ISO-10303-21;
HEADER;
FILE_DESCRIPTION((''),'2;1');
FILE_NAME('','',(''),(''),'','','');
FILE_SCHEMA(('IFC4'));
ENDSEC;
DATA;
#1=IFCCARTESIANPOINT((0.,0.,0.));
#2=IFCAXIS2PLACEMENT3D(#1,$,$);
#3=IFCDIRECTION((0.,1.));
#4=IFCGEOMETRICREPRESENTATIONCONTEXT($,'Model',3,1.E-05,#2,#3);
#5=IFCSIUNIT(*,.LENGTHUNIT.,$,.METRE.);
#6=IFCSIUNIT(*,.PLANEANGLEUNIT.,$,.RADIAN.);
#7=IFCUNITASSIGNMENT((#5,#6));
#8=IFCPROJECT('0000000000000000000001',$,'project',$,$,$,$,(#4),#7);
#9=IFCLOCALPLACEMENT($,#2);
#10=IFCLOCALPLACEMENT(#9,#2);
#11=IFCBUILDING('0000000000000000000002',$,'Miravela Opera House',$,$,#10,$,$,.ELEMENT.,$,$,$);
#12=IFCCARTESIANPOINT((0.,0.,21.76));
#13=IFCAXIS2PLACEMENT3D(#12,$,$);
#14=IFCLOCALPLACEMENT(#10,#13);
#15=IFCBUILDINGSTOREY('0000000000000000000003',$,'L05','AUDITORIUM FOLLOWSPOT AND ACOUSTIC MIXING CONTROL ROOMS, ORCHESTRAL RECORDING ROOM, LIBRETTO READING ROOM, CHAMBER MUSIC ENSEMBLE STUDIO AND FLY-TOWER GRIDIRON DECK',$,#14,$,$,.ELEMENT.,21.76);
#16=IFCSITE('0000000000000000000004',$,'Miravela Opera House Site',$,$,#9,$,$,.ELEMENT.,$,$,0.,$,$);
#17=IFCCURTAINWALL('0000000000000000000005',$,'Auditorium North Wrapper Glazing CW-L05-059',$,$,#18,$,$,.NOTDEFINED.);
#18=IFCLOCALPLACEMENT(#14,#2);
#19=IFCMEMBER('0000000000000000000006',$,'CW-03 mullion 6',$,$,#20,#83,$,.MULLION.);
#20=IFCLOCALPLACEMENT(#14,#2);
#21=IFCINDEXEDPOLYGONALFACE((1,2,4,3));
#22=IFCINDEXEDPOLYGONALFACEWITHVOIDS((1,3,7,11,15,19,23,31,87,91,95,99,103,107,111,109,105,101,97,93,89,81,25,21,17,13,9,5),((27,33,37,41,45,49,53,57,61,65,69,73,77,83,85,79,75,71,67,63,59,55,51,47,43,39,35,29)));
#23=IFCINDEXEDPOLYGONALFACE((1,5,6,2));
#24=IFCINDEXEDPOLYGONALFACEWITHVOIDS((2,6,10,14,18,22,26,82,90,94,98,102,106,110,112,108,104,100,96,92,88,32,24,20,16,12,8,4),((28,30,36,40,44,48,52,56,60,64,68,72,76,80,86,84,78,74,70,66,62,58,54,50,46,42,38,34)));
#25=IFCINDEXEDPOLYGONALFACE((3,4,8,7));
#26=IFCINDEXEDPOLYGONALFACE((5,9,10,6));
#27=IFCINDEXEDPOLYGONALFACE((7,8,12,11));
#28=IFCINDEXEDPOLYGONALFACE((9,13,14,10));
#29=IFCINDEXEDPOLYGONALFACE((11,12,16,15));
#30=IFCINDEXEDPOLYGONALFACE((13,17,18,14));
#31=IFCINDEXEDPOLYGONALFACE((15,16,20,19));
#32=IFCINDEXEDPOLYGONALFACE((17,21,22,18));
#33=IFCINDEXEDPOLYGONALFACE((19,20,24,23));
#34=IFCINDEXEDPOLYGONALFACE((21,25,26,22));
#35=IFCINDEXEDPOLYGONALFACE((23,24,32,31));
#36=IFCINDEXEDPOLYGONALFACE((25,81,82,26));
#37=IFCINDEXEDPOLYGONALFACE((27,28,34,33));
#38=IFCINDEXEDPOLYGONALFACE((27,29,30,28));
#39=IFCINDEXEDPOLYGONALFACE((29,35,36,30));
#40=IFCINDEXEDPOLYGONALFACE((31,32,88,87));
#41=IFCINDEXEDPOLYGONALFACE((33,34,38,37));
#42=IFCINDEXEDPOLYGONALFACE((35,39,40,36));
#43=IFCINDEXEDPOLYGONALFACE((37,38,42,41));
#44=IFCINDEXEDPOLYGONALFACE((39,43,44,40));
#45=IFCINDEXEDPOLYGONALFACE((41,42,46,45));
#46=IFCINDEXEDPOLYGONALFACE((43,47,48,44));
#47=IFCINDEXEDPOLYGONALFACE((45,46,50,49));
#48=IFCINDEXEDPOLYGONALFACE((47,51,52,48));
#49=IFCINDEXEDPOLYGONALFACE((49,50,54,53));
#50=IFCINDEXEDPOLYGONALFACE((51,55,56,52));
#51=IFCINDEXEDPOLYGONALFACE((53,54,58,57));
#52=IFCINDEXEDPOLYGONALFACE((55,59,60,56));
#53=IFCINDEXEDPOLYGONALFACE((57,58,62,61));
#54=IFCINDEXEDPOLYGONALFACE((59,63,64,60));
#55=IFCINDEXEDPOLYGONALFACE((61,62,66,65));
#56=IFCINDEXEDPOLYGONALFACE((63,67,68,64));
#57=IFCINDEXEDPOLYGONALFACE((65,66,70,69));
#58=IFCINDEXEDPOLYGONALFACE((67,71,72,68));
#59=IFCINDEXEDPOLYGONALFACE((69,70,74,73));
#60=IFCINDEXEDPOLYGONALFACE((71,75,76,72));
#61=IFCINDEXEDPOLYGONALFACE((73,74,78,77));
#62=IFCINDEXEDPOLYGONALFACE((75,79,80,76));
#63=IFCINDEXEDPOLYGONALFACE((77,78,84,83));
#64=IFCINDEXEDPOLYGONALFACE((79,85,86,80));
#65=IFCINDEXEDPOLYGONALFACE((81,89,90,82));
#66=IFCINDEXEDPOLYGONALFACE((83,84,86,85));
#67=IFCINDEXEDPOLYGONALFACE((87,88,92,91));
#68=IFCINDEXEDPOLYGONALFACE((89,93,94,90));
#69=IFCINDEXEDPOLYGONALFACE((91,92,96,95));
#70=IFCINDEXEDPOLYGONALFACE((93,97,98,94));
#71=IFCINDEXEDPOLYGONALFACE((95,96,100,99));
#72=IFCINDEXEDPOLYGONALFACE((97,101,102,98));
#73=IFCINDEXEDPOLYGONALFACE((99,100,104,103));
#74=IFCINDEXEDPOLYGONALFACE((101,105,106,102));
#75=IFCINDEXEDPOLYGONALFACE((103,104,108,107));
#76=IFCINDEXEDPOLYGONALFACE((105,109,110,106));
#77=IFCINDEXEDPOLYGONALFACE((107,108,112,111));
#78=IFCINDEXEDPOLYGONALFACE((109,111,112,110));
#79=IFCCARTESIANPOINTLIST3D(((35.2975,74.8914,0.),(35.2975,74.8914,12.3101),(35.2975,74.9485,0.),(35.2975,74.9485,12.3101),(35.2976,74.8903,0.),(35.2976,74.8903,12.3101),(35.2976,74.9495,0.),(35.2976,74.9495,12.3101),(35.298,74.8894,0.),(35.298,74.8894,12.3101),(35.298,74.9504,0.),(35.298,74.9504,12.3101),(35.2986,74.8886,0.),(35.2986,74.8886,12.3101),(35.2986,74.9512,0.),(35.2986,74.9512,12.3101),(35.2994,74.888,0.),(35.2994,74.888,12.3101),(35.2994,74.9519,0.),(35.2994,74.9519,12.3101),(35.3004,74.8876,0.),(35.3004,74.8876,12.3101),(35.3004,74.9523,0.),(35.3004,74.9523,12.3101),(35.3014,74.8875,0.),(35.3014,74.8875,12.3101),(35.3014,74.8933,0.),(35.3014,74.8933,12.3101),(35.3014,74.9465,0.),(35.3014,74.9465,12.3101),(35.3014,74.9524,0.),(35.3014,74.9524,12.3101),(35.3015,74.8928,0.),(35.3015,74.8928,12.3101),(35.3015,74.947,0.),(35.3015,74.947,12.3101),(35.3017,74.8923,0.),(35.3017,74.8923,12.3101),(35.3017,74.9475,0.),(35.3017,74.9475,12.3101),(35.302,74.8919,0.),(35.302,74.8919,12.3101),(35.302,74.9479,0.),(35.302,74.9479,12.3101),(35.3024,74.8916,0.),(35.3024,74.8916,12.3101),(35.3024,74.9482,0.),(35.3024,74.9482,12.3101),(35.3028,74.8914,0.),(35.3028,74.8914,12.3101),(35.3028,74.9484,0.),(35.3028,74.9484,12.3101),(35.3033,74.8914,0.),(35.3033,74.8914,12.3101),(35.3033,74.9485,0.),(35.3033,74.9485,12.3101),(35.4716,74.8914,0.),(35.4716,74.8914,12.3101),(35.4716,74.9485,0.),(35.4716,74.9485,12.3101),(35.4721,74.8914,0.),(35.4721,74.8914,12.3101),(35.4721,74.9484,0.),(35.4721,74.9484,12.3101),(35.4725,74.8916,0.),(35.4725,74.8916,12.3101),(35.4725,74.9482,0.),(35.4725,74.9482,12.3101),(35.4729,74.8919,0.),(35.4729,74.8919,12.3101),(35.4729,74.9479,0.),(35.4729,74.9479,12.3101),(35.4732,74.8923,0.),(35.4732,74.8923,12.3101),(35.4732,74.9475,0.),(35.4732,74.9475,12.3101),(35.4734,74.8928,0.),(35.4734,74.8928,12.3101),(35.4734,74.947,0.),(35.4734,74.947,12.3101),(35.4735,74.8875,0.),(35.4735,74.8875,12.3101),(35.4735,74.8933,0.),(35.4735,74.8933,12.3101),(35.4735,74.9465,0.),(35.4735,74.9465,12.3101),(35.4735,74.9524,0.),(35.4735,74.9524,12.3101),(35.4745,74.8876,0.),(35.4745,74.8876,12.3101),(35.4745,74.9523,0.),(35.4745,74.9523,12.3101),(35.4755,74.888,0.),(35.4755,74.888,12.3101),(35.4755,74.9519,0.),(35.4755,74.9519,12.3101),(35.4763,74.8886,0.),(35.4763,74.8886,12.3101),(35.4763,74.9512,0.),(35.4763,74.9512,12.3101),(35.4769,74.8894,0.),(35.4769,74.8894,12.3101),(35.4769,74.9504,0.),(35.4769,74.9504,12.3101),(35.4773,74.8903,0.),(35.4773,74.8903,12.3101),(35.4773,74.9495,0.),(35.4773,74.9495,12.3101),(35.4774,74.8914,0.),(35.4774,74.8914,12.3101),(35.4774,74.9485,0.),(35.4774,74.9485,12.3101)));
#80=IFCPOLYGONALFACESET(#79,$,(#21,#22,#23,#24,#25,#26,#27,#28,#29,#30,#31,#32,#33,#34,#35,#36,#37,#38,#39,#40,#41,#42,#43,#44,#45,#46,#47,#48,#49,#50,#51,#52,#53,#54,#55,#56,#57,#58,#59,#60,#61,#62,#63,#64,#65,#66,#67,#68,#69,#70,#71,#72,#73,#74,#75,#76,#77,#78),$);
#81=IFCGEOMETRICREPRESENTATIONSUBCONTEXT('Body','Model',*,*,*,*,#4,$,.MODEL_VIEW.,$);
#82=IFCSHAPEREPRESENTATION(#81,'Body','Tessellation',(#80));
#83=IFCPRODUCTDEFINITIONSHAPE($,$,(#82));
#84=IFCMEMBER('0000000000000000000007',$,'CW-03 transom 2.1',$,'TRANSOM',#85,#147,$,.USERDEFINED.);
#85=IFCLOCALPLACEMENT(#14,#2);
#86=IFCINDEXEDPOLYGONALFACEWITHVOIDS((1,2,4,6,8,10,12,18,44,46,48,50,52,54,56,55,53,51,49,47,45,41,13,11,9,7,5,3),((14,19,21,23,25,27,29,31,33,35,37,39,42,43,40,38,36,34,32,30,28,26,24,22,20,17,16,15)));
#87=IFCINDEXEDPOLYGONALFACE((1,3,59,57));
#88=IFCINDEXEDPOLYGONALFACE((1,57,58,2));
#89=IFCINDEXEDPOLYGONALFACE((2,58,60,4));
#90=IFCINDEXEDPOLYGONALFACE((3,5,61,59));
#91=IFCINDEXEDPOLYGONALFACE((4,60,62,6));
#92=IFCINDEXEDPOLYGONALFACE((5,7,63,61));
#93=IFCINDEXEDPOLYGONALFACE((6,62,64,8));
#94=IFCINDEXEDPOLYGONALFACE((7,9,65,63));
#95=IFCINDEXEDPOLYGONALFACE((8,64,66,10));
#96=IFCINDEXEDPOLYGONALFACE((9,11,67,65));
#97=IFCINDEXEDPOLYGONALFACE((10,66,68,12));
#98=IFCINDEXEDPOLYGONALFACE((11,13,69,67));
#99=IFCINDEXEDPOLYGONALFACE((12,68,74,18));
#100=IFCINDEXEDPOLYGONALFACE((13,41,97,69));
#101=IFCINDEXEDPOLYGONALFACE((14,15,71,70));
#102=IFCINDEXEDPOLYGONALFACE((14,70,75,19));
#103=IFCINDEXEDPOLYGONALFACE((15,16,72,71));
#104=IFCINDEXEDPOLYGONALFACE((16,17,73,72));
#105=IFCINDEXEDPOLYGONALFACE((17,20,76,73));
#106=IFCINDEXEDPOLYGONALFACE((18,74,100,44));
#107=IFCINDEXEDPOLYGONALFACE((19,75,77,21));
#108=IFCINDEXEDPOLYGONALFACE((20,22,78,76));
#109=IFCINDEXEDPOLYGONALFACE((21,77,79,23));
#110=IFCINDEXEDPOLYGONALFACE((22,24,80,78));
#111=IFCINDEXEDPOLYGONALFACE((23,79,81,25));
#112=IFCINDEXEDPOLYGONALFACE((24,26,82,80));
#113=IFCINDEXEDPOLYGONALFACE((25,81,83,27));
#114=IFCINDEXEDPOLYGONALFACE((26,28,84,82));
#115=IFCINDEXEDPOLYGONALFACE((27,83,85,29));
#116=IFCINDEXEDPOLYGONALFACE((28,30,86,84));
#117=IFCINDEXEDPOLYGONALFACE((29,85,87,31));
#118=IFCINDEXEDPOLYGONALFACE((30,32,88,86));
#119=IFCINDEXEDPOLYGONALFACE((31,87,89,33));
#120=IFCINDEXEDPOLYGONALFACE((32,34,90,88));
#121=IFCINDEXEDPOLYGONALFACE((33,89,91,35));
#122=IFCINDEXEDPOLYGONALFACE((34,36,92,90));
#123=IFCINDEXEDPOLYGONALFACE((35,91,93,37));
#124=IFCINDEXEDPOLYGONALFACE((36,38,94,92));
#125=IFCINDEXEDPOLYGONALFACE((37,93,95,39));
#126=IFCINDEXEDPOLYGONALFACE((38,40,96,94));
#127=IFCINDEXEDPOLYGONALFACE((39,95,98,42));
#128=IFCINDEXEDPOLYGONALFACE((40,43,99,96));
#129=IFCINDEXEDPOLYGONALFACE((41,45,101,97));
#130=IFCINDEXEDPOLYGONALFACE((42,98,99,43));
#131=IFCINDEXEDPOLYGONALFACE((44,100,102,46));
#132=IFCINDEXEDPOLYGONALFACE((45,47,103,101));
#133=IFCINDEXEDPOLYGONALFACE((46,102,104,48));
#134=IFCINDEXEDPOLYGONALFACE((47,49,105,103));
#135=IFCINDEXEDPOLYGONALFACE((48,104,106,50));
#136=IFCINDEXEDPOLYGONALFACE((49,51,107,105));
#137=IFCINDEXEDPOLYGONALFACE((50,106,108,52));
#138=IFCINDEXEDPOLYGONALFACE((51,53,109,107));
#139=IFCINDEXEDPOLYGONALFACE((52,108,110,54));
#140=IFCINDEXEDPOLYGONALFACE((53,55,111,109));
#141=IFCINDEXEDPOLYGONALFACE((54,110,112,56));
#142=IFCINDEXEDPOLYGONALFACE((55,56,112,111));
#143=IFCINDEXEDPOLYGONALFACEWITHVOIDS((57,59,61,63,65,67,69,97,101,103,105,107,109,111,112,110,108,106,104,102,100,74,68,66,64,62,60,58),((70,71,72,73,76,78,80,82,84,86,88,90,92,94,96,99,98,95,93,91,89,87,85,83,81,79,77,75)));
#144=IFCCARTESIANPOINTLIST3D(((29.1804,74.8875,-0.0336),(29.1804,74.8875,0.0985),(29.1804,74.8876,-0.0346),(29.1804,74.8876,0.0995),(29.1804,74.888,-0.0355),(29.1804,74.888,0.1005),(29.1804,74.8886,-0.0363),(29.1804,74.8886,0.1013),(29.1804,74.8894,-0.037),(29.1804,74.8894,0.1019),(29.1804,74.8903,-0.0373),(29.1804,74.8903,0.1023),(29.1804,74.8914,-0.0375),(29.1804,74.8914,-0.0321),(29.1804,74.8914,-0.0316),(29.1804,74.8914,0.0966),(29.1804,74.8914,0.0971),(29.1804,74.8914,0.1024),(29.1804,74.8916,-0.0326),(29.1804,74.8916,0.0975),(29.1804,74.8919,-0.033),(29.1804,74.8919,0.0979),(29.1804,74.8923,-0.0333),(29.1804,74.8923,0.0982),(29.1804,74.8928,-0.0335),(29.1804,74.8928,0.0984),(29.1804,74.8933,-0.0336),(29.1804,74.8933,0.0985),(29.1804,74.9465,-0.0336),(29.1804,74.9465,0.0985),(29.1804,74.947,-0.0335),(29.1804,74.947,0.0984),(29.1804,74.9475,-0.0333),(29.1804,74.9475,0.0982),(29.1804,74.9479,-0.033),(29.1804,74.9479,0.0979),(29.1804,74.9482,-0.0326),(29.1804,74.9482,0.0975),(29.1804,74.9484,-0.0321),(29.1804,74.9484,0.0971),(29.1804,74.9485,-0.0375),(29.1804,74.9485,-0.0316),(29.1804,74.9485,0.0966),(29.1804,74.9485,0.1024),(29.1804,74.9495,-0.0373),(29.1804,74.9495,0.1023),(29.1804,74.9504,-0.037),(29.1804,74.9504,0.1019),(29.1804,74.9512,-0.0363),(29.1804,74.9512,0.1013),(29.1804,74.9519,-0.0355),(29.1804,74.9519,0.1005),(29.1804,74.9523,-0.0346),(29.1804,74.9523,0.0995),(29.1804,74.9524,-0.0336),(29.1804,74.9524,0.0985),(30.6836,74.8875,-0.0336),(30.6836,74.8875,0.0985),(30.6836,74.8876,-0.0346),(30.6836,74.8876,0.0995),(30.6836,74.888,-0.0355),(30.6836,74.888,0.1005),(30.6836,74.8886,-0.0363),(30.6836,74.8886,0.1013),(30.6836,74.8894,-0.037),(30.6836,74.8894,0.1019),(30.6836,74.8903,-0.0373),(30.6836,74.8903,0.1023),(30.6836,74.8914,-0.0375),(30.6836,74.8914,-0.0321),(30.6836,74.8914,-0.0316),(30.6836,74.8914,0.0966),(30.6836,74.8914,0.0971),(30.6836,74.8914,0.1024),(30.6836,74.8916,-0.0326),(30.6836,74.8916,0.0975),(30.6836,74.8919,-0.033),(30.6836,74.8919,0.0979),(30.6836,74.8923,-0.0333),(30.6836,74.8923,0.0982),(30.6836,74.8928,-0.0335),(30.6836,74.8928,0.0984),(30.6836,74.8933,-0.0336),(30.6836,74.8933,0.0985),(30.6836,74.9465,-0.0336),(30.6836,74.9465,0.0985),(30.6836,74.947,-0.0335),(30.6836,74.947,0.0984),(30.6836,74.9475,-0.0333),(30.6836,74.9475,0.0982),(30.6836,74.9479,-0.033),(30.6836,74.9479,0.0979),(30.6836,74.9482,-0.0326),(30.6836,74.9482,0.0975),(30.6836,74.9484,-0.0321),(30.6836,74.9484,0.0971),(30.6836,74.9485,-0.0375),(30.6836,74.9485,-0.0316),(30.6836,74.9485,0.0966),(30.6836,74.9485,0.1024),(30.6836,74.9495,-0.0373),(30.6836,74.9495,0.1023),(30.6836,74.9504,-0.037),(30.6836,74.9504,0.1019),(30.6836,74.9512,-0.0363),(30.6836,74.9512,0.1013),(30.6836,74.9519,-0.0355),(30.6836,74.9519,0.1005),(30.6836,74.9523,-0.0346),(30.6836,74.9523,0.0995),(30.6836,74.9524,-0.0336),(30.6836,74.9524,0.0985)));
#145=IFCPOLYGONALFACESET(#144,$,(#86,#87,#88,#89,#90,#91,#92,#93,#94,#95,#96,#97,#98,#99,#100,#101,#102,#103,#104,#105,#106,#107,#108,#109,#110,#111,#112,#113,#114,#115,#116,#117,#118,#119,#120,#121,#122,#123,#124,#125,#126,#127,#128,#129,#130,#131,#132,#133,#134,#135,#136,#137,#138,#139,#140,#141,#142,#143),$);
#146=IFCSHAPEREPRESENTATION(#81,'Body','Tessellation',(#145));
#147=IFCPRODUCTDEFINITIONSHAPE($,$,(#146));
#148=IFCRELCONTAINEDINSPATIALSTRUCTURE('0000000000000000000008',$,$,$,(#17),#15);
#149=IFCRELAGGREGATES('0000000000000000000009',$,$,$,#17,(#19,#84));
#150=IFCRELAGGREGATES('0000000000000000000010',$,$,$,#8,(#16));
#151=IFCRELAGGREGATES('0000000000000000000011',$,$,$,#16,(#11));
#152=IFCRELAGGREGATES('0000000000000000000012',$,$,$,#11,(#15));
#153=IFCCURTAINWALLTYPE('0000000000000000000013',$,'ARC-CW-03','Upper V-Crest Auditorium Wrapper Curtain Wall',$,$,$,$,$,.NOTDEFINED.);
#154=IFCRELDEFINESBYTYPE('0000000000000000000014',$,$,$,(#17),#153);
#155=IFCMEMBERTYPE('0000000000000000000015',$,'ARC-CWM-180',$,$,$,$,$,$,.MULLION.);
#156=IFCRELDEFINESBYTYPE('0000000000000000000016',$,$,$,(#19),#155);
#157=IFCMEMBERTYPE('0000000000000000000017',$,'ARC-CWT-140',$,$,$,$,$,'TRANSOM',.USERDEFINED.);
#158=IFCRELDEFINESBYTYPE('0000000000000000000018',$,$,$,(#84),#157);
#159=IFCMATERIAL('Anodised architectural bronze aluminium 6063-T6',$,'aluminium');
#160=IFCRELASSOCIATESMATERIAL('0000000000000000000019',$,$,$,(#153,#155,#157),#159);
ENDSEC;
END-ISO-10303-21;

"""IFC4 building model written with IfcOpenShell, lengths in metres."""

from ifc_helpers import new_model, si_unit, direction, frame, origin, origin_2d, place, context, subcontext, project, spatial, hollow_rectangle, extrude, material, material_profile, profile_set, type_object, element, aggregate, save


model = new_model("IFC4")

# Units and contexts
model_context = context("Model", 3, precision=1e-05, world=origin(), true_north=direction((0.0, 1.0)))
body_context = subcontext(model_context, "Body", "Model", "MODEL_VIEW")
ifc_project = project(units=[si_unit("LENGTHUNIT", "METRE"), si_unit("PLANEANGLEUNIT", "RADIAN")], contexts=[model_context])

# Site, building, storey
site_placement = place(None, origin())
site = spatial("IfcSite", under=ifc_project, at=site_placement, Name="Miravela Opera House Site", CompositionType="ELEMENT", RefElevation=0.0)
building_placement = place(site_placement, origin())
building = spatial("IfcBuilding", under=site, at=building_placement, Name="Miravela Opera House", CompositionType="ELEMENT")
storey_placement = place(building_placement, frame((0.0, 0.0, 21.76)))
storey = spatial("IfcBuildingStorey", under=building, at=storey_placement, Name="L05", Description="AUDITORIUM FOLLOWSPOT AND ACOUSTIC MIXING CONTROL ROOMS, ORCHESTRAL RECORDING ROOM, LIBRETTO READING ROOM, CHAMBER MUSIC ENSEMBLE STUDIO AND FLY-TOWER GRIDIRON DECK", CompositionType="ELEMENT", Elevation=21.76)

# Curtain wall, members
ifc_material_1 = material(Name="Anodised architectural bronze aluminium 6063-T6", Category="aluminium")
curtain_wall_type = type_object("IfcCurtainWallType", Name="ARC-CW-03", Description="Upper V-Crest Auditorium Wrapper Curtain Wall", PredefinedType="NOTDEFINED", material=ifc_material_1)
curtain_wall_placement = place(storey_placement, origin())
curtain_wall = element("IfcCurtainWall", 1, at=curtain_wall_placement, inside=storey, type_object=curtain_wall_type, Name="Auditorium North Wrapper Glazing CW-L05-059", PredefinedType="NOTDEFINED")
ifc_material_profile_1 = material_profile(ifc_material_1, hollow_rectangle(XDim=0.0649, YDim=0.1799, WallThickness=0.0039, InnerFilletRadius=0.002, OuterFilletRadius=0.0039, at=origin_2d()), Name="CWM-65X180")
ifc_profile_set_1 = profile_set([ifc_material_profile_1])
member_type_1 = type_object("IfcMemberType", Name="ARC-CWM-180", PredefinedType="MULLION", material=ifc_profile_set_1)
member_1_placement = place(storey_placement, frame((35.3875, 74.9199, 0.0), z_axis=(0.0, 0.0, 1.0), x_axis=(0.0, 1.0, 0.0)))
member_1 = element("IfcMember", 2, at=member_1_placement, type_object=member_type_1, Name="CW-03 mullion 6", PredefinedType="MULLION", context=body_context, shape_type="SweptSolid", body=[
    extrude(hollow_rectangle(XDim=0.0649, YDim=0.1799, WallThickness=0.0039, InnerFilletRadius=0.002, OuterFilletRadius=0.0039, at=origin_2d()), origin(), (0.0, 0.0, 1.0), 12.3101),
])
ifc_material_profile_2 = material_profile(ifc_material_1, hollow_rectangle(XDim=0.0649, YDim=0.1399, WallThickness=0.0039, InnerFilletRadius=0.002, OuterFilletRadius=0.0039, at=origin_2d()), Name="CWT-65X140")
ifc_profile_set_2 = profile_set([ifc_material_profile_2])
member_type_2 = type_object("IfcMemberType", Name="ARC-CWT-140", ElementType="TRANSOM", PredefinedType="USERDEFINED", material=ifc_profile_set_2)
member_2_placement = place(storey_placement, frame((29.1804, 74.9199, 0.0325), z_axis=(1.0, 0.0, 0.0), x_axis=(0.0, 1.0, 0.0)))
member_2 = element("IfcMember", 3, at=member_2_placement, type_object=member_type_2, Name="CW-03 transom 2.1", ObjectType="TRANSOM", PredefinedType="USERDEFINED", context=body_context, shape_type="SweptSolid", body=[
    extrude(hollow_rectangle(XDim=0.0649, YDim=0.1399, WallThickness=0.0039, InnerFilletRadius=0.002, OuterFilletRadius=0.0039, at=origin_2d()), origin(), (0.0, 0.0, 1.0), 1.5032),
])

aggregate(curtain_wall, [member_1, member_2])

save(model, "model.ifc")
